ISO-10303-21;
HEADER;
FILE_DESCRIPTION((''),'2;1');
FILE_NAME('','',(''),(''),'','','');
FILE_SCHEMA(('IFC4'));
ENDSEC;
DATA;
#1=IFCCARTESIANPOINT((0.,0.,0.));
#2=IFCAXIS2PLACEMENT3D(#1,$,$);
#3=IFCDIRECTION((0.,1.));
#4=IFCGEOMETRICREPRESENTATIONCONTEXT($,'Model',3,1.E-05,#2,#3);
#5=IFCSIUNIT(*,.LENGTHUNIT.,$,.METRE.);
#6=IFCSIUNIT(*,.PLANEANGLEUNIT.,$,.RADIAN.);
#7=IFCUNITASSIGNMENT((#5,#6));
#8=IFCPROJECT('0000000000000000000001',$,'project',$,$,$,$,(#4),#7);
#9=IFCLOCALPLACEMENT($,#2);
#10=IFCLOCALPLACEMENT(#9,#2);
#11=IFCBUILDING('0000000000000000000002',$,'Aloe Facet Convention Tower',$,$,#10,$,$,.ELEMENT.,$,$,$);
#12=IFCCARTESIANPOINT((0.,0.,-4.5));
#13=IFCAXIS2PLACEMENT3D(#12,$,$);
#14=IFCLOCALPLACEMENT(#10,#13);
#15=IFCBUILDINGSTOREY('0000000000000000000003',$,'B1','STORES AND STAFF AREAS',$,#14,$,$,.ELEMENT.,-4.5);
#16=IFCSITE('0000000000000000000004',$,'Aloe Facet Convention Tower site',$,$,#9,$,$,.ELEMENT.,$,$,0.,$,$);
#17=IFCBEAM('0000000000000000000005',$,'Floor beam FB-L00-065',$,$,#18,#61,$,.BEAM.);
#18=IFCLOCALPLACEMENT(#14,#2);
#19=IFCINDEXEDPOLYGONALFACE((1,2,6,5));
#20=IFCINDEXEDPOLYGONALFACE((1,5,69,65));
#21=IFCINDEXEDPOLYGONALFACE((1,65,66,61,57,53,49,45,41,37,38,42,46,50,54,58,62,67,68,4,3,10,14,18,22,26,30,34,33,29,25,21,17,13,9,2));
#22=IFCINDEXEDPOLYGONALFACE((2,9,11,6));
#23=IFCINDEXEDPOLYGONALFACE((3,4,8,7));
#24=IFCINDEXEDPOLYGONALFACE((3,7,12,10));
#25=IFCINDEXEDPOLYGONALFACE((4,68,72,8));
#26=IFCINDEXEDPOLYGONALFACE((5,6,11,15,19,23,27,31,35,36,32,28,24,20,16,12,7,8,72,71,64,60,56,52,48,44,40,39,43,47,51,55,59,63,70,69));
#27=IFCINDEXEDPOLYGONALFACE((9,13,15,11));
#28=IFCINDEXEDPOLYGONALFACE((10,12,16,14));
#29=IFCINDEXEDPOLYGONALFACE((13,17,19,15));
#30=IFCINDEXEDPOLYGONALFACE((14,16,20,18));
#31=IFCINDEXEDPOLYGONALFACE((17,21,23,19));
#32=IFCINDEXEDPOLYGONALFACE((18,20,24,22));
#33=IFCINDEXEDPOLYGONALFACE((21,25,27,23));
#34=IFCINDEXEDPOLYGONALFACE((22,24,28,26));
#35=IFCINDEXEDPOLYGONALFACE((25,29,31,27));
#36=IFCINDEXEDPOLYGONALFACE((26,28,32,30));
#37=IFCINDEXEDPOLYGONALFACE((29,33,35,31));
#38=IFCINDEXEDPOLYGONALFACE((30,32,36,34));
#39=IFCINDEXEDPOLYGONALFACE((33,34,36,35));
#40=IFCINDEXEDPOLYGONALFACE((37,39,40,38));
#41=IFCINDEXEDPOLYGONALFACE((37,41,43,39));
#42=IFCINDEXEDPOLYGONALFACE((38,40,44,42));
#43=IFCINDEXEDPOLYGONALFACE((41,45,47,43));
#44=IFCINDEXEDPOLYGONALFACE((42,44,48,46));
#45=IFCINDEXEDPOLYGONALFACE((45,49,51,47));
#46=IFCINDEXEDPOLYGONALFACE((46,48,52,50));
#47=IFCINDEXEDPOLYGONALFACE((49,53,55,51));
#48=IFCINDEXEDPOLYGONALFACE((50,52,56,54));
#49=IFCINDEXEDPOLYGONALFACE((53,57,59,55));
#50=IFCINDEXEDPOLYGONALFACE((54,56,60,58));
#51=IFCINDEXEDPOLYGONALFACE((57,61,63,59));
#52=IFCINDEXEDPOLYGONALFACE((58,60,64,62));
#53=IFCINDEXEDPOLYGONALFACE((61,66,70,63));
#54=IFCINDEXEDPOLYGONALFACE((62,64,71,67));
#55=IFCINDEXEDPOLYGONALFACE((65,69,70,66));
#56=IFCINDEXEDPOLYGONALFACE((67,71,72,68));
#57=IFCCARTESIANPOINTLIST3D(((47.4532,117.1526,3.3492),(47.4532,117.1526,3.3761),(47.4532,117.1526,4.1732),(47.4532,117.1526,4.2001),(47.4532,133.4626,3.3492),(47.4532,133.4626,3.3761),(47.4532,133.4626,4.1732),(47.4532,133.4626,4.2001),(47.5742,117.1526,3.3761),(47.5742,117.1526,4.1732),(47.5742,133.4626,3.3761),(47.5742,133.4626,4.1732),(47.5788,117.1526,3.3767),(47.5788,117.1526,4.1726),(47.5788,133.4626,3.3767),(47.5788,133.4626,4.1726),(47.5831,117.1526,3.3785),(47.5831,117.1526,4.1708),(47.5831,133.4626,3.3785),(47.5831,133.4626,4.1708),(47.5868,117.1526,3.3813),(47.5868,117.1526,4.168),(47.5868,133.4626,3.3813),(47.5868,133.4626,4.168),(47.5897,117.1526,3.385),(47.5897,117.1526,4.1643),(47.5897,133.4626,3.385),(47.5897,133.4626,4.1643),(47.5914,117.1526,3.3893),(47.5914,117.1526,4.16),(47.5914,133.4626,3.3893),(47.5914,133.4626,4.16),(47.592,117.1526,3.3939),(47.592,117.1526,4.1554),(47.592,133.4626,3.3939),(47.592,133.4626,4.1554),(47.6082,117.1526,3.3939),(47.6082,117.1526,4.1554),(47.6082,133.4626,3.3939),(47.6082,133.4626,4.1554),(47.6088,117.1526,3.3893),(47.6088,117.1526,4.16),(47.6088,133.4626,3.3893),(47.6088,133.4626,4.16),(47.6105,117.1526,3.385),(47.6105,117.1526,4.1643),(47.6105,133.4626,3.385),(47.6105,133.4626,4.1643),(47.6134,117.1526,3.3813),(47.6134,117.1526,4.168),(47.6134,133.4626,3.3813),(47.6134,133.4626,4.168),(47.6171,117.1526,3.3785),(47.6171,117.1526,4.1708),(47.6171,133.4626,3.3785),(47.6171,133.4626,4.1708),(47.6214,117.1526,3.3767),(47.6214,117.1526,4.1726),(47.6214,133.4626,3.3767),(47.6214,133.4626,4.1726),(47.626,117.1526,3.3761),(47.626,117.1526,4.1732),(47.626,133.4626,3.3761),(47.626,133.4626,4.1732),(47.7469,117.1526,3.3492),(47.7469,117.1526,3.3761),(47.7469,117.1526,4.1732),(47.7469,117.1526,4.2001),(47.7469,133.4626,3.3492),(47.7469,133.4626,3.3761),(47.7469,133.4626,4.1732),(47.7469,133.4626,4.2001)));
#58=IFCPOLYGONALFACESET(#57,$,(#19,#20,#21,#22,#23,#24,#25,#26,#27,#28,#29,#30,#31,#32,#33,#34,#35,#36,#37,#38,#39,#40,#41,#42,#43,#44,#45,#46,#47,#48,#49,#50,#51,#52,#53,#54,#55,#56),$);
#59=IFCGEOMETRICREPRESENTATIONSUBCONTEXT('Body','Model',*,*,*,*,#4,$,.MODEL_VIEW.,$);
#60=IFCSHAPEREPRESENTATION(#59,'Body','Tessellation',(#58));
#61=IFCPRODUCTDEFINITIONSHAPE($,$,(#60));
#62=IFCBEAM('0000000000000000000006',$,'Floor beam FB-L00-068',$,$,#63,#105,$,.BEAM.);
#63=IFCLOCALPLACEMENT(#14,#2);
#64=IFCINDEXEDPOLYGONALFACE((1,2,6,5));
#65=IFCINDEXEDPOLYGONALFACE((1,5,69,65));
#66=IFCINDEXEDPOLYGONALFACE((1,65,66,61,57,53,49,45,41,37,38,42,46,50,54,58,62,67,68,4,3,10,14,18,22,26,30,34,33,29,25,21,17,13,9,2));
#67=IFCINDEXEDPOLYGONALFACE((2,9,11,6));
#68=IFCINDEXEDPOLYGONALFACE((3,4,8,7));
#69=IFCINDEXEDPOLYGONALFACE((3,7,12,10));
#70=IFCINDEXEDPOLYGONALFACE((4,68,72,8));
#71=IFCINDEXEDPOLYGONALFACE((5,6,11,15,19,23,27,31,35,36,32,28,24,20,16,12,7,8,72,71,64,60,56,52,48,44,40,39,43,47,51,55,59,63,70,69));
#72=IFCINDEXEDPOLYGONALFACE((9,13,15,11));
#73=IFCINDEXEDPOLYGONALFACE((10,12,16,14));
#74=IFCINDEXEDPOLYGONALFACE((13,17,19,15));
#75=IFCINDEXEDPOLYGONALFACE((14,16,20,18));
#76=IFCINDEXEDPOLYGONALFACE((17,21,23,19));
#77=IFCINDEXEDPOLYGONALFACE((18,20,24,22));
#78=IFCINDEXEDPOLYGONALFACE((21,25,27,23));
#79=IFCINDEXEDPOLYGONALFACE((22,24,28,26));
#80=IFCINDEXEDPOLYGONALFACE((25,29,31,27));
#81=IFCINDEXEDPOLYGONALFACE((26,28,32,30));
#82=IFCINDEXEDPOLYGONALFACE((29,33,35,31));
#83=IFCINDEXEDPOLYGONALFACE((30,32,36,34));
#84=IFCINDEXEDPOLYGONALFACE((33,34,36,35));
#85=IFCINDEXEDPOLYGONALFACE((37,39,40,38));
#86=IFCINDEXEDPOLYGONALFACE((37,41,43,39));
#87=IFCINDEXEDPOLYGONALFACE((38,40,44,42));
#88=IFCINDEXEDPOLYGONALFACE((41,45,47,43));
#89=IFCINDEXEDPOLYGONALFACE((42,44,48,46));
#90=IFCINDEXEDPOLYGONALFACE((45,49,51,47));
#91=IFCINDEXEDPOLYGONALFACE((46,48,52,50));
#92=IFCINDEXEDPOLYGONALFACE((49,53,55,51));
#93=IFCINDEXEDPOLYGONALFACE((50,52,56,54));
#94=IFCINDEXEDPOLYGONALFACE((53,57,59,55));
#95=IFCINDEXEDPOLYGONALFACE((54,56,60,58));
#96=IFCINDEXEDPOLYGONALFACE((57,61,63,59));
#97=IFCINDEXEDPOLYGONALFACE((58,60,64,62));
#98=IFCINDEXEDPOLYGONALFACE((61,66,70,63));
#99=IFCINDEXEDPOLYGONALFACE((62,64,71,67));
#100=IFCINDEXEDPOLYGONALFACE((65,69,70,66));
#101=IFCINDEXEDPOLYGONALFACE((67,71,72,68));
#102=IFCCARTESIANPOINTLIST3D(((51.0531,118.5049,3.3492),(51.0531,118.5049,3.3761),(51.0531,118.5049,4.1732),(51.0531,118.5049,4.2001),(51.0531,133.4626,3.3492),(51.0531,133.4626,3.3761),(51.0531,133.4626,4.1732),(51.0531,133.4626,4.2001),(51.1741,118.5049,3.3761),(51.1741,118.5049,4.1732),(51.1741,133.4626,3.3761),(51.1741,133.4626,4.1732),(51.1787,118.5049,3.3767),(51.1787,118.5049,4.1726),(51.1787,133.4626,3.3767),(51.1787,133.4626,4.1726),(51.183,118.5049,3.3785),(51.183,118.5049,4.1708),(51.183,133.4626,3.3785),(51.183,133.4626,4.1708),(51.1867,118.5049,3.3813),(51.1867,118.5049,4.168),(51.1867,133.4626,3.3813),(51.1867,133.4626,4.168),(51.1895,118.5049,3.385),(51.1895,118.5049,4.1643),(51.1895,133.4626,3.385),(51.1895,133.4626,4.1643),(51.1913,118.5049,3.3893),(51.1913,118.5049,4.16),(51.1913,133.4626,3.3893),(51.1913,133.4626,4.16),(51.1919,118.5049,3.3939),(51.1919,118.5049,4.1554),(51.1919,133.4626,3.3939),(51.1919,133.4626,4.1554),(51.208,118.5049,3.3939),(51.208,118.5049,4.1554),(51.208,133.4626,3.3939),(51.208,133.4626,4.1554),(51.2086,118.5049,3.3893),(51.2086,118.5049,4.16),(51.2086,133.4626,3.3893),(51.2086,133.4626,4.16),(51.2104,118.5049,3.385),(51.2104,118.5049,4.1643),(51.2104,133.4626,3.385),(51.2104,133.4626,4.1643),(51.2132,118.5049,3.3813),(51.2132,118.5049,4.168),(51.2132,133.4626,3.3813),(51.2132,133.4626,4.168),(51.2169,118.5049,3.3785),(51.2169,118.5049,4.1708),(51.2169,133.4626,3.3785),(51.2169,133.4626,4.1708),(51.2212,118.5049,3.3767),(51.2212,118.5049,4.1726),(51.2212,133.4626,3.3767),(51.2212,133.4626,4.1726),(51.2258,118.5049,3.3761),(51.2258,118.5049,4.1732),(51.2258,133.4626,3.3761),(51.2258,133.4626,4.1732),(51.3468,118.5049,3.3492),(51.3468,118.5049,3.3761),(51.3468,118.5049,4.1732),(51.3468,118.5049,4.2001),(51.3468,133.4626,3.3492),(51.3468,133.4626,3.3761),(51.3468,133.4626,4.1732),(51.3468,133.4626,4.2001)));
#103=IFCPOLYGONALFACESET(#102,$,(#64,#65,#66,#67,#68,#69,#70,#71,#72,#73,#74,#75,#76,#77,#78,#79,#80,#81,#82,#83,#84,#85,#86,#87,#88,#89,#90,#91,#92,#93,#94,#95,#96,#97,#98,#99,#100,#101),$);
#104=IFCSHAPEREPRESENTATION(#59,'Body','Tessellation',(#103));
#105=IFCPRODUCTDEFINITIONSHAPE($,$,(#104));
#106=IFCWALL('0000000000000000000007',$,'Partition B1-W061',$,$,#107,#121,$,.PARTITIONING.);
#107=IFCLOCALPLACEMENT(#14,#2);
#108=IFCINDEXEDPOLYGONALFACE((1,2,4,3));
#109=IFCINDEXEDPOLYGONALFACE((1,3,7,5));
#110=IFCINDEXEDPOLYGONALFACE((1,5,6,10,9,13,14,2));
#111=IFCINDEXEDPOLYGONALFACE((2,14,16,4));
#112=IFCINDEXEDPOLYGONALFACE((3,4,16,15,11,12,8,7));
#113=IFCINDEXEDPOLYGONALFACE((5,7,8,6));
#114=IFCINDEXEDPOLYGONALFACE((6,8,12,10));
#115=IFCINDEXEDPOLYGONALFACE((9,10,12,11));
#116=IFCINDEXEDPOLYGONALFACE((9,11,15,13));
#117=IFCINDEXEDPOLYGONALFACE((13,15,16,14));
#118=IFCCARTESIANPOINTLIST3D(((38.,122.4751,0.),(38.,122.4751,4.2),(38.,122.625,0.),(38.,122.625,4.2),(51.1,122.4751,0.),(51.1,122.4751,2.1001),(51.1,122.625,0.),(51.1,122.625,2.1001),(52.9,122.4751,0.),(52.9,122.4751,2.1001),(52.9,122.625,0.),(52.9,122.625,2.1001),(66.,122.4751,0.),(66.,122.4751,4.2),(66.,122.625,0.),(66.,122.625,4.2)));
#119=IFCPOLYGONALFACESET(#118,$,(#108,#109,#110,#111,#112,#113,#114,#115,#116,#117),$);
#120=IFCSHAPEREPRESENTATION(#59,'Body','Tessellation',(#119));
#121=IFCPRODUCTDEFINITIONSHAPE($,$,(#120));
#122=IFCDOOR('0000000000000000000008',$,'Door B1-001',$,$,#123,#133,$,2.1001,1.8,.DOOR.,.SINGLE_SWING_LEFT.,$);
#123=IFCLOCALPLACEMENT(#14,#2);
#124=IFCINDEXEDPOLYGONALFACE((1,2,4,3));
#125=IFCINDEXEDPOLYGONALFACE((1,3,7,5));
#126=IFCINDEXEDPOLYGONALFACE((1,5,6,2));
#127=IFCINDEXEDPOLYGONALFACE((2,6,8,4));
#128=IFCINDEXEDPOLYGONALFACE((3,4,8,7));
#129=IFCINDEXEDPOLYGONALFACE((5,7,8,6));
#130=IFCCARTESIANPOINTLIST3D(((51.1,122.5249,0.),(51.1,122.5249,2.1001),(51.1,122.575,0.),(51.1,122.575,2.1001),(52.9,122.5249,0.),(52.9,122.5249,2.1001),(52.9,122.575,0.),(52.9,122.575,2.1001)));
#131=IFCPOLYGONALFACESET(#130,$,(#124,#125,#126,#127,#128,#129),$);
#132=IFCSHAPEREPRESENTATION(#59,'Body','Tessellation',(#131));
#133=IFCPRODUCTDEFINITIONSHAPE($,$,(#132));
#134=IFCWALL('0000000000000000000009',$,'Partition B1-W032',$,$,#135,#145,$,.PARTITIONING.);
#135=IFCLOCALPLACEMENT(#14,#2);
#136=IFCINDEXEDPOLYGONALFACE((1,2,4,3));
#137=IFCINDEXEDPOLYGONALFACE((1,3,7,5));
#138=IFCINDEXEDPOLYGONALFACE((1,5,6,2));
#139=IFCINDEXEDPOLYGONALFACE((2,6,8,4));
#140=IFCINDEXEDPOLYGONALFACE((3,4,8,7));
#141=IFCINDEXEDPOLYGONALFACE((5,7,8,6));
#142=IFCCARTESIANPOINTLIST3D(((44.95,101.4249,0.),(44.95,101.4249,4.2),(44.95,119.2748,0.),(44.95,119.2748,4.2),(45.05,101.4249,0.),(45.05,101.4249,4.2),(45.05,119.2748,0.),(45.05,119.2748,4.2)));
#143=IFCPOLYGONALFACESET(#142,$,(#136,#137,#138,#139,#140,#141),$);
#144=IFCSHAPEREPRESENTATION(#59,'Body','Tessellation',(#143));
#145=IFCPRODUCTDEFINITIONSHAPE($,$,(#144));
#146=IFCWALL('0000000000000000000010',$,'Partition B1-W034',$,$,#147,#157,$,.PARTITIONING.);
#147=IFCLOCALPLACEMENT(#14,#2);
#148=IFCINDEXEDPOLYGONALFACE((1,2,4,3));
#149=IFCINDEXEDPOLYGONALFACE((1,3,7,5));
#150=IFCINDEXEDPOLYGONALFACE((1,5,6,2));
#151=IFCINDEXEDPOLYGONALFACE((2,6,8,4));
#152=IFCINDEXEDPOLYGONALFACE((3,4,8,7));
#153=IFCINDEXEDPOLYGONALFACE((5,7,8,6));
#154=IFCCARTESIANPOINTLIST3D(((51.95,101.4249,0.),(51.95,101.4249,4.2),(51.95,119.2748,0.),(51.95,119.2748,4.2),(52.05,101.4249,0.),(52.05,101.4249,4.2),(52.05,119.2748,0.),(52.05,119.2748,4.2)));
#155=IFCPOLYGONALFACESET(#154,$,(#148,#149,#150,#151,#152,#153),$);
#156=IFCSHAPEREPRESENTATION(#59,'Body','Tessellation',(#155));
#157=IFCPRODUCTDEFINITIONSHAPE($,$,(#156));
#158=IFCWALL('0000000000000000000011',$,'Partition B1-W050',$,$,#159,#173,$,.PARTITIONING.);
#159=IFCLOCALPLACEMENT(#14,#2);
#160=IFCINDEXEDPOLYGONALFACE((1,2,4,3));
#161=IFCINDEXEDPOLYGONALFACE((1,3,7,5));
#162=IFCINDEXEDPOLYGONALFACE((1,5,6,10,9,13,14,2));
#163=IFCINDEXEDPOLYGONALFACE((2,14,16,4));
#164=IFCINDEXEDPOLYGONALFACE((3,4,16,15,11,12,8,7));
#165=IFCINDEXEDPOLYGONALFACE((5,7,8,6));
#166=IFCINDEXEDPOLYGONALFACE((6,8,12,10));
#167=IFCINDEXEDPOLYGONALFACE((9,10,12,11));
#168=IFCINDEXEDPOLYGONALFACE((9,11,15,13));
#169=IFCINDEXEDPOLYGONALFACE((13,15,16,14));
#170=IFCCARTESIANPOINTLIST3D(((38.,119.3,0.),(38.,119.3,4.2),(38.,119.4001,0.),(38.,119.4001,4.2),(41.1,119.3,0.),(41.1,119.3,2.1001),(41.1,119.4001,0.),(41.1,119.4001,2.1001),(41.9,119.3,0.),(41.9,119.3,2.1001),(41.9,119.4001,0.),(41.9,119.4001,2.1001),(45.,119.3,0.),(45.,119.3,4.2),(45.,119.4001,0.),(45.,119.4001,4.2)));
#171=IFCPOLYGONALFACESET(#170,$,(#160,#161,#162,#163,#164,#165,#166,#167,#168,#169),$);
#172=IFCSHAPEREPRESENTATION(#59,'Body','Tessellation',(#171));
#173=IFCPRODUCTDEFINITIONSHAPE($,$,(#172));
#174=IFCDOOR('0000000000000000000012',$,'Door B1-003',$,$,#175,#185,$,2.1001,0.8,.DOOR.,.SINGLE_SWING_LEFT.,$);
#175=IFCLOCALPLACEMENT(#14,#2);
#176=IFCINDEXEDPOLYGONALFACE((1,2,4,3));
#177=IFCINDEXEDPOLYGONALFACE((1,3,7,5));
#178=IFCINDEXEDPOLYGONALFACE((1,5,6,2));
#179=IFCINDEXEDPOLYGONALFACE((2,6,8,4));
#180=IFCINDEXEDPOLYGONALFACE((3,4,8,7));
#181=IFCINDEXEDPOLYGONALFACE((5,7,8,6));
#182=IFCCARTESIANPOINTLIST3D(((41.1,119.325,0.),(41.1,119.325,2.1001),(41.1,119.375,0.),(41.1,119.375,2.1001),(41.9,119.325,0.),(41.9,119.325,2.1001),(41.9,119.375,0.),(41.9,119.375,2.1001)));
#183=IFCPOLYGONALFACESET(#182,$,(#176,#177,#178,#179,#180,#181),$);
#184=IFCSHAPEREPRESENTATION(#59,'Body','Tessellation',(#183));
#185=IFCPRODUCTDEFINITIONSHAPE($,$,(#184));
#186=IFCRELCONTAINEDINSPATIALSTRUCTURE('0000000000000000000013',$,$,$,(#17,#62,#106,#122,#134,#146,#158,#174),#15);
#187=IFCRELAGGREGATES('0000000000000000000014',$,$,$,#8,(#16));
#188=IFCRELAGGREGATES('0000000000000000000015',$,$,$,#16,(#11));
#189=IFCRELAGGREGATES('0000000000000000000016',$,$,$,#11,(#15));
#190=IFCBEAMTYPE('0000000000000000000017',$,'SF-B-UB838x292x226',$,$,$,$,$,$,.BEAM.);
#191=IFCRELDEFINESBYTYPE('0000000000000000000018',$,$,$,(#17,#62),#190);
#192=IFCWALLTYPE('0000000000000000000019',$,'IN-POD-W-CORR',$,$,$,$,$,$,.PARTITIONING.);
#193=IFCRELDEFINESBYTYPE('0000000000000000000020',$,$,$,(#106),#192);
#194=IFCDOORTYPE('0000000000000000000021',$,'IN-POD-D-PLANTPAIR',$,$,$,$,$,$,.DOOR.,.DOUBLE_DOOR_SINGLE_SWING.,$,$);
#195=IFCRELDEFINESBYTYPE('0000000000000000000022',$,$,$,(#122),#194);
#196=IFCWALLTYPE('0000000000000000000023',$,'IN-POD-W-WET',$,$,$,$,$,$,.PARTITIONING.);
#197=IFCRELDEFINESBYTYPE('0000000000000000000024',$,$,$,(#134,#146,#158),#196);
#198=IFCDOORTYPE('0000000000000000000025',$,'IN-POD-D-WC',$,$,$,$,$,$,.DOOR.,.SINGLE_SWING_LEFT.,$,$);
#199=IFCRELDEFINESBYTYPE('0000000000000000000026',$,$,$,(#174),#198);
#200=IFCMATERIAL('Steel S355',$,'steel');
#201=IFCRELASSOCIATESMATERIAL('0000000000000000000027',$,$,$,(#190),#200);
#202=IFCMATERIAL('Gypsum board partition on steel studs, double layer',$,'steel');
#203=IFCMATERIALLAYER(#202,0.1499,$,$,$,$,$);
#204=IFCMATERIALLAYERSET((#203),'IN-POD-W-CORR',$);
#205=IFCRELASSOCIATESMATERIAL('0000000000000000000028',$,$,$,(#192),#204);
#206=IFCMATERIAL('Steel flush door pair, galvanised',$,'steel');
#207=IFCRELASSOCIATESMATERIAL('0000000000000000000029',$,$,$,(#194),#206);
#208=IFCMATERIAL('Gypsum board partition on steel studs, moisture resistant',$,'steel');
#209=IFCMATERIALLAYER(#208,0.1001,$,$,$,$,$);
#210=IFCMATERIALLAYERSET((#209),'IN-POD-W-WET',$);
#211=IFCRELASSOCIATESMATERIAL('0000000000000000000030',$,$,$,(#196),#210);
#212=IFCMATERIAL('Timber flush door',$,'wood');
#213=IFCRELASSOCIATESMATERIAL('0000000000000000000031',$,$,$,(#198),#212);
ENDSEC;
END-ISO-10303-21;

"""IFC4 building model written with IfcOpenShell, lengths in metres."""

from ifc_helpers import new_model, si_unit, direction, frame, frame_2d, origin, origin_2d, place, context, subcontext, project, spatial, rectangle, i_section, extrude, material, layer, layer_set, material_profile, profile_set, type_object, element, fill, save


model = new_model("IFC4")

# Units and contexts
model_context = context("Model", 3, precision=1e-05, world=origin(), true_north=direction((0.0, 1.0)))
body_context = subcontext(model_context, "Body", "Model", "MODEL_VIEW")
ifc_project = project(units=[si_unit("LENGTHUNIT", "METRE"), si_unit("PLANEANGLEUNIT", "RADIAN")], contexts=[model_context])

# Site, building, storey
site_placement = place(None, origin())
site = spatial("IfcSite", under=ifc_project, at=site_placement, Name="Aloe Facet Convention Tower site", CompositionType="ELEMENT", RefElevation=0.0)
building_placement = place(site_placement, origin())
building = spatial("IfcBuilding", under=site, at=building_placement, Name="Aloe Facet Convention Tower", CompositionType="ELEMENT")
storey_placement = place(building_placement, frame((0.0, 0.0, -4.5)))
storey = spatial("IfcBuildingStorey", under=building, at=storey_placement, Name="B1", Description="STORES AND STAFF AREAS", CompositionType="ELEMENT", Elevation=-4.5)

# Beams
ifc_material_1 = material(Name="Steel S355", Category="steel")
ifc_material_profile_1 = material_profile(ifc_material_1, i_section(OverallWidth=0.2937, OverallDepth=0.8508, WebThickness=0.0161, FlangeThickness=0.0269, FilletRadius=0.0178, at=origin_2d()), Name="UB 838x292x226")
ifc_profile_set_1 = profile_set([ifc_material_profile_1], Name="Steel S355")
beam_type_1 = type_object("IfcBeamType", Name="SF-B-UB838x292x226", PredefinedType="BEAM", material=ifc_profile_set_1)
beam_1_placement = place(storey_placement, frame((47.6001, 117.1526, 3.7747), z_axis=(0.0, 1.0, 0.0), x_axis=(-1.0, 0.0, 0.0)))
element("IfcBeam", 1, at=beam_1_placement, inside=storey, type_object=beam_type_1, Name="Floor beam FB-L00-065", PredefinedType="BEAM", context=body_context, shape_type="SweptSolid", body=[
    extrude(i_section(OverallWidth=0.2937, OverallDepth=0.8508, WebThickness=0.0161, FlangeThickness=0.0269, FilletRadius=0.0178, at=origin_2d()), origin(), (0.0, 0.0, 1.0), 16.3101),
])
beam_2_placement = place(storey_placement, frame((51.2, 118.5049, 3.7747), z_axis=(0.0, 1.0, 0.0), x_axis=(-1.0, 0.0, 0.0)))
element("IfcBeam", 2, at=beam_2_placement, inside=storey, type_object=beam_type_1, Name="Floor beam FB-L00-068", PredefinedType="BEAM", context=body_context, shape_type="SweptSolid", body=[
    extrude(i_section(OverallWidth=0.2937, OverallDepth=0.8508, WebThickness=0.0161, FlangeThickness=0.0269, FilletRadius=0.0178, at=origin_2d()), origin(), (0.0, 0.0, 1.0), 14.9578),
])

# Wall, opening, door
ifc_material_2 = material(Name="Gypsum board partition on steel studs, double layer", Category="steel")
ifc_layer_1 = layer(ifc_material_2, 0.1499)
ifc_layer_set_1 = layer_set([ifc_layer_1], Name="IN-POD-W-CORR")
wall_type_1 = type_object("IfcWallType", Name="IN-POD-W-CORR", PredefinedType="PARTITIONING", material=ifc_layer_set_1)
wall_1_placement = place(storey_placement, frame((38.0, 122.55, 0.0), z_axis=(0.0, 0.0, 1.0), x_axis=(1.0, 0.0, 0.0)))
wall_1 = element("IfcWall", 3, at=wall_1_placement, inside=storey, type_object=wall_type_1, Name="Partition B1-W061", PredefinedType="PARTITIONING", context=body_context, shape_type="SweptSolid", body=[
    extrude(rectangle(XDim=28.0, YDim=0.1499, at=frame_2d((14.0, 0.0))), origin(), (0.0, 0.0, 1.0), 4.2),
])
opening_1_placement = place(wall_1_placement, frame((13.1001, 0.0, 0.0)))
opening_1 = element("IfcOpeningElement", 4, at=opening_1_placement, cuts=wall_1, PredefinedType="OPENING", context=body_context, shape_type="SweptSolid", body=[
    extrude(rectangle(XDim=1.8, YDim=2.1001, at=frame_2d((0.8999, 1.05))), frame((0.0, 0.085, 0.0), z_axis=(0.0, -1.0, 0.0), x_axis=(1.0, 0.0, 0.0)), (0.0, 0.0, 1.0), 0.1699),
])
ifc_material_3 = material(Name="Steel flush door pair, galvanised", Category="steel")
door_type_1 = type_object("IfcDoorType", Name="IN-POD-D-PLANTPAIR", OperationType="DOUBLE_DOOR_SINGLE_SWING", PredefinedType="DOOR", material=ifc_material_3)
door_1_placement = place(opening_1_placement, origin())
door_1 = element("IfcDoor", 5, at=door_1_placement, inside=storey, type_object=door_type_1, Name="Door B1-001", OperationType="SINGLE_SWING_LEFT", OverallHeight=2.1001, OverallWidth=1.8, PredefinedType="DOOR", context=body_context, shape_type="SweptSolid", body=[
    extrude(rectangle(XDim=1.8, YDim=2.1001, at=frame_2d((0.8999, 1.05))), frame((0.0, 0.0249, 0.0), z_axis=(0.0, -1.0, 0.0), x_axis=(1.0, 0.0, 0.0)), (0.0, 0.0, 1.0), 0.05),
])
fill(opening_1, door_1)

# Walls
ifc_material_4 = material(Name="Gypsum board partition on steel studs, moisture resistant", Category="steel")
ifc_layer_2 = layer(ifc_material_4, 0.1001)
ifc_layer_set_2 = layer_set([ifc_layer_2], Name="IN-POD-W-WET")
wall_type_2 = type_object("IfcWallType", Name="IN-POD-W-WET", PredefinedType="PARTITIONING", material=ifc_layer_set_2)
for number, where, z_axis, x_axis, name in (
    (6, (45.0, 101.425, 0.0), (0.0, 0.0, 1.0), (0.0, 1.0, 0.0), "Partition B1-W032"),
    (7, (52.0, 101.425, 0.0), (0.0, 0.0, 1.0), (0.0, 1.0, 0.0), "Partition B1-W034"),
):
    element("IfcWall", number, at=place(storey_placement, frame(where, z_axis=z_axis, x_axis=x_axis)), inside=storey, type_object=wall_type_2, Name=name, PredefinedType="PARTITIONING", context=body_context, shape_type="SweptSolid", body=[
        extrude(rectangle(XDim=17.8499, YDim=0.1001, at=frame_2d((8.9248, 0.0))), origin(), (0.0, 0.0, 1.0), 4.2),
    ])

# Wall, opening, door
wall_2_placement = place(storey_placement, frame((38.0, 119.3501, 0.0), z_axis=(0.0, 0.0, 1.0), x_axis=(1.0, 0.0, 0.0)))
wall_2 = element("IfcWall", 8, at=wall_2_placement, inside=storey, type_object=wall_type_2, Name="Partition B1-W050", PredefinedType="PARTITIONING", context=body_context, shape_type="SweptSolid", body=[
    extrude(rectangle(XDim=7.0, YDim=0.1001, at=frame_2d((3.5, 0.0))), origin(), (0.0, 0.0, 1.0), 4.2),
])
opening_2_placement = place(wall_2_placement, frame((3.1001, 0.0, 0.0)))
opening_2 = element("IfcOpeningElement", 9, at=opening_2_placement, cuts=wall_2, PredefinedType="OPENING", context=body_context, shape_type="SweptSolid", body=[
    extrude(rectangle(XDim=0.8, YDim=2.1001, at=frame_2d((0.3999, 1.05))), frame((0.0, 0.0601, 0.0), z_axis=(0.0, -1.0, 0.0), x_axis=(1.0, 0.0, 0.0)), (0.0, 0.0, 1.0), 0.1201),
])
ifc_material_5 = material(Name="Timber flush door", Category="wood")
door_type_2 = type_object("IfcDoorType", Name="IN-POD-D-WC", OperationType="SINGLE_SWING_LEFT", PredefinedType="DOOR", material=ifc_material_5)
door_2_placement = place(opening_2_placement, origin())
door_2 = element("IfcDoor", 10, at=door_2_placement, inside=storey, type_object=door_type_2, Name="Door B1-003", OperationType="SINGLE_SWING_LEFT", OverallHeight=2.1001, OverallWidth=0.8, PredefinedType="DOOR", context=body_context, shape_type="SweptSolid", body=[
    extrude(rectangle(XDim=0.8, YDim=2.1001, at=frame_2d((0.3999, 1.05))), frame((0.0, 0.0249, 0.0), z_axis=(0.0, -1.0, 0.0), x_axis=(1.0, 0.0, 0.0)), (0.0, 0.0, 1.0), 0.05),
])
fill(opening_2, door_2)

save(model, "model.ifc")
